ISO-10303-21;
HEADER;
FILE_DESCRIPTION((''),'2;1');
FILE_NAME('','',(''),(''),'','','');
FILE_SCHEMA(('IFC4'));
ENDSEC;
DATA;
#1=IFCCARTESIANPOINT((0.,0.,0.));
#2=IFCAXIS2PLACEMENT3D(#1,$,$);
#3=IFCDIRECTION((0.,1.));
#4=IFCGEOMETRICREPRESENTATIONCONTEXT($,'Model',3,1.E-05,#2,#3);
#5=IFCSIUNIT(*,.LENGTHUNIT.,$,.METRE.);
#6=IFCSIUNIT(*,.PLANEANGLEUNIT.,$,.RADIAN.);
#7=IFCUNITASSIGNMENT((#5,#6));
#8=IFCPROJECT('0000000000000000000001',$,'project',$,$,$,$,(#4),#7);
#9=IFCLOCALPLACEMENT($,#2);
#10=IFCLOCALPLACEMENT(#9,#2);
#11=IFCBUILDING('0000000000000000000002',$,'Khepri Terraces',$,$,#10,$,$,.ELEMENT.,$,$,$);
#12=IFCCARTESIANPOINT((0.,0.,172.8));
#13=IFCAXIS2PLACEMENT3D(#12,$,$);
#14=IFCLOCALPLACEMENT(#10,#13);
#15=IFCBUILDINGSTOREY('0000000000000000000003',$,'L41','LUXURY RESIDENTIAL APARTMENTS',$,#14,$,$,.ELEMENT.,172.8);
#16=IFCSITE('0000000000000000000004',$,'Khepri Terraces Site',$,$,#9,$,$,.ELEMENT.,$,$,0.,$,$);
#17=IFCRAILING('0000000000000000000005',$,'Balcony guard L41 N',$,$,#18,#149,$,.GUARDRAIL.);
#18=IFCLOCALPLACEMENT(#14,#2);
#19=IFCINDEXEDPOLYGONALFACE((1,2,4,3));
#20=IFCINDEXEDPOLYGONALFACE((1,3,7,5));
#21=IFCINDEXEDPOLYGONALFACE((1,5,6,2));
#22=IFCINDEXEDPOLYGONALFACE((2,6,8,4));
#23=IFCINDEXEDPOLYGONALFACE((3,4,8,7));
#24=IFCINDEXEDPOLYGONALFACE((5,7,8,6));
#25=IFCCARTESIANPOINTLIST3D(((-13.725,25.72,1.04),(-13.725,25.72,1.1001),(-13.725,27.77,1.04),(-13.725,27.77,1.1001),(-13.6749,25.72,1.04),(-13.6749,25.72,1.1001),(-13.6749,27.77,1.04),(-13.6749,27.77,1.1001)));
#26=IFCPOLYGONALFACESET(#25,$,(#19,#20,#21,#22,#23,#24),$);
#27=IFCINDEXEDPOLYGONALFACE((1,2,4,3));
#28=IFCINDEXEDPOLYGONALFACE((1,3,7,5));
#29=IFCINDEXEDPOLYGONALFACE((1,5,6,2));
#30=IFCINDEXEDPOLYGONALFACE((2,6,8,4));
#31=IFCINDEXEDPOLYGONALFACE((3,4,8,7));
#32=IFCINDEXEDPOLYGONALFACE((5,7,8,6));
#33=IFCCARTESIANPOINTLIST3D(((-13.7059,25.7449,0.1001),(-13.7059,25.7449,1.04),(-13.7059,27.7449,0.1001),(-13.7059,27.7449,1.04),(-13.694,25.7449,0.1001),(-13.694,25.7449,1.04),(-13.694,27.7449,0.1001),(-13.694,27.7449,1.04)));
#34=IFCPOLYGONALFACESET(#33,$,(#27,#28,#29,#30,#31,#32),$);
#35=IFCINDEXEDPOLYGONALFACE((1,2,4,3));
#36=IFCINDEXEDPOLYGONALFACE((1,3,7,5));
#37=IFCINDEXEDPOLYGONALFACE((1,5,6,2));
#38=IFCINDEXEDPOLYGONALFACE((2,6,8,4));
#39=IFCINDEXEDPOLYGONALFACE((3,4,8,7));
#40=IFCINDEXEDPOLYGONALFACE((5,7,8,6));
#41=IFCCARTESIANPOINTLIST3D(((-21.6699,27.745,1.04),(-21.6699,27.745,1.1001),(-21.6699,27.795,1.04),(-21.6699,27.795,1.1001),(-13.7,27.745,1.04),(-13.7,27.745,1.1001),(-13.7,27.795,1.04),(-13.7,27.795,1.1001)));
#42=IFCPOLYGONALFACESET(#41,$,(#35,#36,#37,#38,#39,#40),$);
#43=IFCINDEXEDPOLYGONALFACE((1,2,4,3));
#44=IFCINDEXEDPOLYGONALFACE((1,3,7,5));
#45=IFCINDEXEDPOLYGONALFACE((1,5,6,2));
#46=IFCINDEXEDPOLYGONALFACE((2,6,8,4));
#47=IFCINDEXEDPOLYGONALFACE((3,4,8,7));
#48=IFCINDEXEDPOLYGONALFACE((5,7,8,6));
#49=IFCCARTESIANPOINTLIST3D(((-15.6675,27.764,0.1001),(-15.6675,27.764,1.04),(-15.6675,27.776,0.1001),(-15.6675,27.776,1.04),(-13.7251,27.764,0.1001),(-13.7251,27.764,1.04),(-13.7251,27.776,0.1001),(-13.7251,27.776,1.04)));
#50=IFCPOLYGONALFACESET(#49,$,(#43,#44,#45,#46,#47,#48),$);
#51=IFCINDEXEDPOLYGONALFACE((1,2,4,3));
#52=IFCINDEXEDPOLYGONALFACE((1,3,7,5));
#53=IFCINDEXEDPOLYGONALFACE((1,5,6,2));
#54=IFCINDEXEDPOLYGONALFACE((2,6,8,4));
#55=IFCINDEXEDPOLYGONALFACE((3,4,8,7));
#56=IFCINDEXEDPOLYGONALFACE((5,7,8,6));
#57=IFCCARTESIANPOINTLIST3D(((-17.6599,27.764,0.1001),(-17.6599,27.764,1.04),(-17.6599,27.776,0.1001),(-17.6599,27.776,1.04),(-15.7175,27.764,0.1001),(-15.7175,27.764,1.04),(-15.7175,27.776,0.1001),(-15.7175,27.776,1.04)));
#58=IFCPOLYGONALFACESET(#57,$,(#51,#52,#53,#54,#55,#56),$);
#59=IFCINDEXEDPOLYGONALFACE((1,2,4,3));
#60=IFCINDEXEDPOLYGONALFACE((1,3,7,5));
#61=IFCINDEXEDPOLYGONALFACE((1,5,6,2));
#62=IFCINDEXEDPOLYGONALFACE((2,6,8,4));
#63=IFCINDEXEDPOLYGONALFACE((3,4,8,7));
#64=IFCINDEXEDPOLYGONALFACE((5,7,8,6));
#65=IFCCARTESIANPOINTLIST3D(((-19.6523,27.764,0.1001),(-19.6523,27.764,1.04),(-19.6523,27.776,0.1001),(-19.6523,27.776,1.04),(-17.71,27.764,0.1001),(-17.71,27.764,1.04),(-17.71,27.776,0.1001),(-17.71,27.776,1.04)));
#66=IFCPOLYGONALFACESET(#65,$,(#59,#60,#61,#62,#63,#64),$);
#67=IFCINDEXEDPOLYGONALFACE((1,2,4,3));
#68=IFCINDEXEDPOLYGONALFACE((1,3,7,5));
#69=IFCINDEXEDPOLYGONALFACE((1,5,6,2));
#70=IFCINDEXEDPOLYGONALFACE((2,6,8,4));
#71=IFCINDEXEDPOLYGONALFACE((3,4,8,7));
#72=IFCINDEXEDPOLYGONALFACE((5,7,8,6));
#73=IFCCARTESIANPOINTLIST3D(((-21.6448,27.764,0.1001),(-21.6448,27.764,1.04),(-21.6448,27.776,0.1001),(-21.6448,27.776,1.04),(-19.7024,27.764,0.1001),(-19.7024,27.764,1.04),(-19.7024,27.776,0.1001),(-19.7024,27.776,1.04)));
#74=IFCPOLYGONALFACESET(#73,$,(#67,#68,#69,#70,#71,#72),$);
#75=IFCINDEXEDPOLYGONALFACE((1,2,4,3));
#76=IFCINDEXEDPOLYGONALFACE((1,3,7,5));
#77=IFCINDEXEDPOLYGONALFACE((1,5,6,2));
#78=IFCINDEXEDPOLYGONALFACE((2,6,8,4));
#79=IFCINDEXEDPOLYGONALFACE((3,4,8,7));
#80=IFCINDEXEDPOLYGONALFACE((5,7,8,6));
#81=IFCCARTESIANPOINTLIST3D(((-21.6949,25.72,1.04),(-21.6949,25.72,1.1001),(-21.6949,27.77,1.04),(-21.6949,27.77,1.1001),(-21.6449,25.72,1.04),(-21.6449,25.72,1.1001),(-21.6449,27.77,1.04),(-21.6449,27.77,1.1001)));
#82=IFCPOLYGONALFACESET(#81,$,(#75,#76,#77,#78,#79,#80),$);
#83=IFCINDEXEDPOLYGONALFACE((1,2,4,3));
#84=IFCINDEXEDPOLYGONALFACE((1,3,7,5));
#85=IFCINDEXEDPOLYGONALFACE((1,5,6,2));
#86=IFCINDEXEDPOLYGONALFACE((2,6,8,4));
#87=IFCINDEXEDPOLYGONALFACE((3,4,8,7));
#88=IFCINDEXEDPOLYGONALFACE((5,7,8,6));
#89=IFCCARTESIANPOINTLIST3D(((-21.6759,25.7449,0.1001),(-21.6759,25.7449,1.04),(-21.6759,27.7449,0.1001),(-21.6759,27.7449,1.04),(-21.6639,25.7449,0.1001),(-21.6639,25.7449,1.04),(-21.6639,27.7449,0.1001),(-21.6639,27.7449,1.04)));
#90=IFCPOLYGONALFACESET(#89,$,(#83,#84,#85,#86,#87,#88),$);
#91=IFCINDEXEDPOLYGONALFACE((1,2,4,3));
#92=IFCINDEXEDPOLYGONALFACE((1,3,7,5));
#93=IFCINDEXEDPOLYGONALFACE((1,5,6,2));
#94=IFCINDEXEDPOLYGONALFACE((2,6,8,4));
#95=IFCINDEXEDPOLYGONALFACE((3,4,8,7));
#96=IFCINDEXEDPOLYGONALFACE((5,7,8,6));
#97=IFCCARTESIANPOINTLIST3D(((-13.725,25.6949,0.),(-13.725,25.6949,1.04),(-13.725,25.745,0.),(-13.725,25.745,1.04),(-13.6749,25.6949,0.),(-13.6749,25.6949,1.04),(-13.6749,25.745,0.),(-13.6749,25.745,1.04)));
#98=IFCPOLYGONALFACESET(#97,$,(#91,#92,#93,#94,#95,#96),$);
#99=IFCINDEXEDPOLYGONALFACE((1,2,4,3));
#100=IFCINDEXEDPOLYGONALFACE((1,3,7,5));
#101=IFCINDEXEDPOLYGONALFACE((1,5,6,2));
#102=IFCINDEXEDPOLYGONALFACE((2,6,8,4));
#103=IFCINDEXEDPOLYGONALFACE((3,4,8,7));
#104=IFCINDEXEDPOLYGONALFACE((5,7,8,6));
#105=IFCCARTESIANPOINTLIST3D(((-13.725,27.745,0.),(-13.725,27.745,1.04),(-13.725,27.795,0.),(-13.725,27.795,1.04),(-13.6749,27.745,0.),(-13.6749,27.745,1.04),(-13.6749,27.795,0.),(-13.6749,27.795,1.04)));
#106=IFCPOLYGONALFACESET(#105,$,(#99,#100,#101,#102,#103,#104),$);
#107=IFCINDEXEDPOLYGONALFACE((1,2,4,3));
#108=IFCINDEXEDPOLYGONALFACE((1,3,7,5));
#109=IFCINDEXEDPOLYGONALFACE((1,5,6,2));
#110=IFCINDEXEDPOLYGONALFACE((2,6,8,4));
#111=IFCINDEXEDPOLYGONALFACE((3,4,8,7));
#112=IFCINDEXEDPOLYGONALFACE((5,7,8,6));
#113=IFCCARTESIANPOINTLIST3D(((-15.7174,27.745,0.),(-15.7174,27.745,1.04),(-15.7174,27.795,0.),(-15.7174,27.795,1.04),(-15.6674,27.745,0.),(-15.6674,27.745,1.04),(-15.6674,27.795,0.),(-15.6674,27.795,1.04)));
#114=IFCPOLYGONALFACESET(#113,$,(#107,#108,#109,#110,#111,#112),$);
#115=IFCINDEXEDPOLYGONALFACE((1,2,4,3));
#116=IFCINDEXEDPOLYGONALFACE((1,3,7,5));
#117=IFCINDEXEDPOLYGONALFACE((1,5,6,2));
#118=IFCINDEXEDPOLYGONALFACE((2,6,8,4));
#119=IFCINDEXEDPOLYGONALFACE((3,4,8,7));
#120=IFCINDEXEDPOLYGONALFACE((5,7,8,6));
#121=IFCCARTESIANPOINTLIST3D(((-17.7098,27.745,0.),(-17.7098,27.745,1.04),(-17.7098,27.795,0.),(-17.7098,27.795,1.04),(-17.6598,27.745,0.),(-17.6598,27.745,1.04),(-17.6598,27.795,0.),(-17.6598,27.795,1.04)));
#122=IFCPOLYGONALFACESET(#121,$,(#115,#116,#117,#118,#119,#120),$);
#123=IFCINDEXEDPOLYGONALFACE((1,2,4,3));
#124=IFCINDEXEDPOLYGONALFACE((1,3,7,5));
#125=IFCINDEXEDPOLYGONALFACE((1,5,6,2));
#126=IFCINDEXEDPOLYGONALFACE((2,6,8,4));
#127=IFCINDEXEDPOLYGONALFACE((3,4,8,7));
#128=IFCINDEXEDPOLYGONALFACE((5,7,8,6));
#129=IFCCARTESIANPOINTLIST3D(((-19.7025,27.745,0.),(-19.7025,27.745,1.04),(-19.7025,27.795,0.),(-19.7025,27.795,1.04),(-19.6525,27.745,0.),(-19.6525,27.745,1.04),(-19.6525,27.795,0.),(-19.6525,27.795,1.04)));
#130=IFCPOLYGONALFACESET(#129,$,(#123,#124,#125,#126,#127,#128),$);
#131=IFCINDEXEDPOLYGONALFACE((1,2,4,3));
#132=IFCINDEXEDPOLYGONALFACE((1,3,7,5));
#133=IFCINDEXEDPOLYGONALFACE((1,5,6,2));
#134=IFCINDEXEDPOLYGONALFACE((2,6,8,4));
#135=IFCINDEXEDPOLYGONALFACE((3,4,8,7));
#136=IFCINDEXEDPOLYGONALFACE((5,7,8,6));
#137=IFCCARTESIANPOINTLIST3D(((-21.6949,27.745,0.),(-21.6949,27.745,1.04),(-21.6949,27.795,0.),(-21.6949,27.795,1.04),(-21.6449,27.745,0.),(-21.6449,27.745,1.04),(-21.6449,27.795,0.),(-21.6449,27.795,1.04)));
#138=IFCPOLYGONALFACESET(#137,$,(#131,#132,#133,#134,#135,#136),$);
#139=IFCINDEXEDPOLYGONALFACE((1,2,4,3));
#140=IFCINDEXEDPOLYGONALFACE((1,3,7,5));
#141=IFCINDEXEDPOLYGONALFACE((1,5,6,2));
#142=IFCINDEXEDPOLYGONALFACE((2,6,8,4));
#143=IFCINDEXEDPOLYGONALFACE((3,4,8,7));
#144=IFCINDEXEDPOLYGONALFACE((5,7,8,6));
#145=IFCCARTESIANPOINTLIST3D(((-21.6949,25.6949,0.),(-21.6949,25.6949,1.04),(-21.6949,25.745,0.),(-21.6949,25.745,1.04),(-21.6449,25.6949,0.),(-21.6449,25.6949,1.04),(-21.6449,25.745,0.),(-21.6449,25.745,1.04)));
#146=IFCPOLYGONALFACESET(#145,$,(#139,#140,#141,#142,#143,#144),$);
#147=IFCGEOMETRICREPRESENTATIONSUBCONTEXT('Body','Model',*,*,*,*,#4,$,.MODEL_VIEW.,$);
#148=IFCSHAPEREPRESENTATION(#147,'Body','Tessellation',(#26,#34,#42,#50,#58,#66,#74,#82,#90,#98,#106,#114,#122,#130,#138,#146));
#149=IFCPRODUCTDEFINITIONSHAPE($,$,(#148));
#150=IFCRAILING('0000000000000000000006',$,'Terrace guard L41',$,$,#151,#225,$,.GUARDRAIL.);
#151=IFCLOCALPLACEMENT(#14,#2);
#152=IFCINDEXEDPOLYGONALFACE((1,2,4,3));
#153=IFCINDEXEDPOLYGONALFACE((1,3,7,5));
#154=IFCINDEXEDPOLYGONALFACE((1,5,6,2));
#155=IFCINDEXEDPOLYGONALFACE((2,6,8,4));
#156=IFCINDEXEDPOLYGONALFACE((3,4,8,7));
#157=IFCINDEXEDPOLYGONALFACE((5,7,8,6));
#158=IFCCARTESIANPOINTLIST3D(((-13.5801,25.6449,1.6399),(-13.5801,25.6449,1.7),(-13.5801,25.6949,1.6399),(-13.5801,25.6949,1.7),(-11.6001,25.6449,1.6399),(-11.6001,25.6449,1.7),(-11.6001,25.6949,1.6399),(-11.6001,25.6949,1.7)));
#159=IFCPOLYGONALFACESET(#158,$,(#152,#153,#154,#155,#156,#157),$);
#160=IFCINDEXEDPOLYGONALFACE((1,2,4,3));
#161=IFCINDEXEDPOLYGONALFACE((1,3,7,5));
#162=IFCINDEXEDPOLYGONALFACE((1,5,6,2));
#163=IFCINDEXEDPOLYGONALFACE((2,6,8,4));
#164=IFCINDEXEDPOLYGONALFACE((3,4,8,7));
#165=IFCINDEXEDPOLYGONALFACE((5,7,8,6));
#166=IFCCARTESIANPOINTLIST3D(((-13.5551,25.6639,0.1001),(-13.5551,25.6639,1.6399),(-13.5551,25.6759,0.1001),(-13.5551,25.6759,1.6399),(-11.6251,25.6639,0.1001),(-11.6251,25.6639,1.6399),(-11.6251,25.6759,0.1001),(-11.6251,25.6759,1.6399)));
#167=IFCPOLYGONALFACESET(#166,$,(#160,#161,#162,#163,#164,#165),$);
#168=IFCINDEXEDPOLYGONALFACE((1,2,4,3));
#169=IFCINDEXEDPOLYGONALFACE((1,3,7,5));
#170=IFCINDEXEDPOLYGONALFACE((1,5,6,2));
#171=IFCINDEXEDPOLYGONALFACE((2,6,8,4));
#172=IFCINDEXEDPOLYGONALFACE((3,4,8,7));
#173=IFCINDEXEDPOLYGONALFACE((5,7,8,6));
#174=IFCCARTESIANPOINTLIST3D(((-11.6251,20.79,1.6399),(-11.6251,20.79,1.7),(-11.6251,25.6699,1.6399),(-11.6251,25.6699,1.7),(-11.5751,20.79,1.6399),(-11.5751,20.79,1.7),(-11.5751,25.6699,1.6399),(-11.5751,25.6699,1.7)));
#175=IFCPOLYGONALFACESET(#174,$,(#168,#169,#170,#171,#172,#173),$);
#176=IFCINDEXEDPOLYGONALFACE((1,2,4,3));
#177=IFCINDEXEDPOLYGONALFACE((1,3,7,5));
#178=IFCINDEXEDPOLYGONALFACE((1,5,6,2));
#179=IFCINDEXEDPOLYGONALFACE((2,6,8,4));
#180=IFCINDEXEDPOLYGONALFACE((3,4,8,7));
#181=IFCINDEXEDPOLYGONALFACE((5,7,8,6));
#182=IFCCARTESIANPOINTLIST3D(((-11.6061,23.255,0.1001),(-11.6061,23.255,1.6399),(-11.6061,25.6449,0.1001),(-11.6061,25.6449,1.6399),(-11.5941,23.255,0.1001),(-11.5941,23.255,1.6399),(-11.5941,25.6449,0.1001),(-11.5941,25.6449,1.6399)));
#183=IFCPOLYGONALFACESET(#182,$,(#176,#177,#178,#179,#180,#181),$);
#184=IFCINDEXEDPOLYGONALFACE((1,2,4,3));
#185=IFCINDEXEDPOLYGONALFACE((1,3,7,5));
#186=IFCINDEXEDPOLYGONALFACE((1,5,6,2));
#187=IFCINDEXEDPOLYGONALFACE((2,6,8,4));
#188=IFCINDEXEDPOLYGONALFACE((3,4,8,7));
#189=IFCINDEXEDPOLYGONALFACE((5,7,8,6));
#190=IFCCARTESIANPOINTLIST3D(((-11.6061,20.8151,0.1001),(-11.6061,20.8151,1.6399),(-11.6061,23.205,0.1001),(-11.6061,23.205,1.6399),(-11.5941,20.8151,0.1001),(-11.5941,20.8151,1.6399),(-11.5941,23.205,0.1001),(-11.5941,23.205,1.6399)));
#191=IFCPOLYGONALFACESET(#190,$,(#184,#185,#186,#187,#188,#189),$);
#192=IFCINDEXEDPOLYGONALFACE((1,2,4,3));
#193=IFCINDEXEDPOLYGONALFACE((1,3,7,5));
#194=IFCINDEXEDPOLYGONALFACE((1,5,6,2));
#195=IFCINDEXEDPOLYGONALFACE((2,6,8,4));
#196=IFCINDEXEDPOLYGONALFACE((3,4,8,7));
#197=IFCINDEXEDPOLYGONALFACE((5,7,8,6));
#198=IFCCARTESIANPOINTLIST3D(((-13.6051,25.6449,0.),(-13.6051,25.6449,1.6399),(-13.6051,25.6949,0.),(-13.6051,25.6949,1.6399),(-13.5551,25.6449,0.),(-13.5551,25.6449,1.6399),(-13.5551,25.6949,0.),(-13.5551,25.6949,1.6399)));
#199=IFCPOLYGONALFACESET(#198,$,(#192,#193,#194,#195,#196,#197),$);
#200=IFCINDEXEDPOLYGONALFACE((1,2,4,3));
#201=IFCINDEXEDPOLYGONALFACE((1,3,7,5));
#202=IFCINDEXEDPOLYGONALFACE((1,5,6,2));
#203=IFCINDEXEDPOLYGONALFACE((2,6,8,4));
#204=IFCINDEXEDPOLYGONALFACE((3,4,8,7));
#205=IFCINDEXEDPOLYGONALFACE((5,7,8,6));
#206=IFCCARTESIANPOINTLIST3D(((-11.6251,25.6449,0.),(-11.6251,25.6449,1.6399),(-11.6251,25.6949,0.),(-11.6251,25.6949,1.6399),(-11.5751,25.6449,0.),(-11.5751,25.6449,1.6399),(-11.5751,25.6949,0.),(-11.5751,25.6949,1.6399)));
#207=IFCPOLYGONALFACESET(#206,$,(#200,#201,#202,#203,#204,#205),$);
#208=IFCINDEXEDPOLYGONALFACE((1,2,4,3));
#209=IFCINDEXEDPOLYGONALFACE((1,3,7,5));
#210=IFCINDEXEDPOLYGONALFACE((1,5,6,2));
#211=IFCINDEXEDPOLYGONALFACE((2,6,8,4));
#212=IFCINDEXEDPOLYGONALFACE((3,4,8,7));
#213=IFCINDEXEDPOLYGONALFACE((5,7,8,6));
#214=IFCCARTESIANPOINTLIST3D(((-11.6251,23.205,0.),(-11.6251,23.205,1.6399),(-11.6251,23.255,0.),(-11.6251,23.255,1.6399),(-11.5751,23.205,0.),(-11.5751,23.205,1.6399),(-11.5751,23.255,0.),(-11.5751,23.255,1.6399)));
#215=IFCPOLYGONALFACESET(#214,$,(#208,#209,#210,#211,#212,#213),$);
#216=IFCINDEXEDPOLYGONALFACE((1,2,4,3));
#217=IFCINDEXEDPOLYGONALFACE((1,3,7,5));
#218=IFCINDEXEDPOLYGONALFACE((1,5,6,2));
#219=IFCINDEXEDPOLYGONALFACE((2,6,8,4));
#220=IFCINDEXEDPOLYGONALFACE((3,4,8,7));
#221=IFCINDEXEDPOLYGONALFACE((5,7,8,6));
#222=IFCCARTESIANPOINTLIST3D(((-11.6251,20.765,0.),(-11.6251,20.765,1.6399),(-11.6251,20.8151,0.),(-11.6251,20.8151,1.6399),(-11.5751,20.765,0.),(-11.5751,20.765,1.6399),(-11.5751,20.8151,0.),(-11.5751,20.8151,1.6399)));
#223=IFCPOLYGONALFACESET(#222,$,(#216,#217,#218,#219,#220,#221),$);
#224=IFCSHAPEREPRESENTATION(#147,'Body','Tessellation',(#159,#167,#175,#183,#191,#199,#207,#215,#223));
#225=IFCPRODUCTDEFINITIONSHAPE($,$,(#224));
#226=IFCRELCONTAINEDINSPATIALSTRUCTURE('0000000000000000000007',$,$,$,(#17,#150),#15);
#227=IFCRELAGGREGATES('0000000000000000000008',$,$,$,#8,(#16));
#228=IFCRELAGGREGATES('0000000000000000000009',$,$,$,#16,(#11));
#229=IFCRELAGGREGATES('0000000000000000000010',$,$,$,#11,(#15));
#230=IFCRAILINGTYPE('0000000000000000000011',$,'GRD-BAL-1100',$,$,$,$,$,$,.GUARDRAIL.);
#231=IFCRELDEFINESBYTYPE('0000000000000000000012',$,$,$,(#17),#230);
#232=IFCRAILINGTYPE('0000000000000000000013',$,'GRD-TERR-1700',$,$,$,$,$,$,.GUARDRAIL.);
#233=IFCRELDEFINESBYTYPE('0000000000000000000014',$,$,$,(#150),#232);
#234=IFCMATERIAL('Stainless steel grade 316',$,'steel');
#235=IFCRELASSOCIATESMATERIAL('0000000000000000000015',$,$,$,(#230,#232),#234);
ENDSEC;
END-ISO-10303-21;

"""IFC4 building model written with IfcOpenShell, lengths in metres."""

from ifc_helpers import new_model, si_unit, direction, frame, origin, origin_2d, place, context, subcontext, project, spatial, rectangle, extrude, material, type_object, element, save


model = new_model("IFC4")

# Units and contexts
model_context = context("Model", 3, precision=1e-05, world=origin(), true_north=direction((0.0, 1.0)))
body_context = subcontext(model_context, "Body", "Model", "MODEL_VIEW")
ifc_project = project(units=[si_unit("LENGTHUNIT", "METRE"), si_unit("PLANEANGLEUNIT", "RADIAN")], contexts=[model_context])

# Site, building, storey
site_placement = place(None, origin())
site = spatial("IfcSite", under=ifc_project, at=site_placement, Name="Khepri Terraces Site", CompositionType="ELEMENT", RefElevation=0.0)
building_placement = place(site_placement, origin())
building = spatial("IfcBuilding", under=site, at=building_placement, Name="Khepri Terraces", CompositionType="ELEMENT")
storey_placement = place(building_placement, frame((0.0, 0.0, 172.8)))
storey = spatial("IfcBuildingStorey", under=building, at=storey_placement, Name="L41", Description="LUXURY RESIDENTIAL APARTMENTS", CompositionType="ELEMENT", Elevation=172.8)

# Railings
ifc_material_1 = material(Name="Stainless steel grade 316", Category="steel")
railing_type_1 = type_object("IfcRailingType", Name="GRD-BAL-1100", PredefinedType="GUARDRAIL", material=ifc_material_1)
railing_1_placement = place(storey_placement, frame((-13.7, 25.72, 0.0)))
element("IfcRailing", 1, at=railing_1_placement, inside=storey, type_object=railing_type_1, Name="Balcony guard L41 N", PredefinedType="GUARDRAIL", context=body_context, shape_type="SweptSolid", body=[
    extrude(rectangle(XDim=0.05, YDim=0.0601, at=origin_2d()), frame((0.0, 0.0, 1.0701), z_axis=(0.0, 1.0, 0.0), x_axis=(-1.0, 0.0, 0.0)), (0.0, 0.0, 1.0), 2.05),
    extrude(rectangle(XDim=2.0, YDim=0.012, at=origin_2d()), frame((0.0, 1.0249, 0.1001), z_axis=(0.0, 0.0, 1.0), x_axis=(0.0, 1.0, 0.0)), (0.0, 0.0, 1.0), 0.9399),
    extrude(rectangle(XDim=0.05, YDim=0.0601, at=origin_2d()), frame((0.0, 2.05, 1.0701), z_axis=(-1.0, 0.0, 0.0), x_axis=(0.0, -1.0, 0.0)), (0.0, 0.0, 1.0), 7.97),
    extrude(rectangle(XDim=1.9424, YDim=0.012, at=origin_2d()), frame((-0.9963, 2.05, 0.1001), z_axis=(0.0, 0.0, 1.0), x_axis=(-1.0, 0.0, 0.0)), (0.0, 0.0, 1.0), 0.9399),
    extrude(rectangle(XDim=1.9424, YDim=0.012, at=origin_2d()), frame((-2.9888, 2.05, 0.1001), z_axis=(0.0, 0.0, 1.0), x_axis=(-1.0, 0.0, 0.0)), (0.0, 0.0, 1.0), 0.9399),
    extrude(rectangle(XDim=1.9424, YDim=0.012, at=origin_2d()), frame((-4.9812, 2.05, 0.1001), z_axis=(0.0, 0.0, 1.0), x_axis=(-1.0, 0.0, 0.0)), (0.0, 0.0, 1.0), 0.9399),
    extrude(rectangle(XDim=1.9424, YDim=0.012, at=origin_2d()), frame((-6.9736, 2.05, 0.1001), z_axis=(0.0, 0.0, 1.0), x_axis=(-1.0, 0.0, 0.0)), (0.0, 0.0, 1.0), 0.9399),
    extrude(rectangle(XDim=0.05, YDim=0.0601, at=origin_2d()), frame((-7.97, 2.05, 1.0701), z_axis=(0.0, -1.0, 0.0), x_axis=(1.0, 0.0, 0.0)), (0.0, 0.0, 1.0), 2.05),
    extrude(rectangle(XDim=2.0, YDim=0.012, at=origin_2d()), frame((-7.97, 1.0249, 0.1001), z_axis=(0.0, 0.0, 1.0), x_axis=(0.0, -1.0, 0.0)), (0.0, 0.0, 1.0), 0.9399),
    extrude(rectangle(XDim=0.05, YDim=0.05, at=origin_2d()), origin(), (0.0, 0.0, 1.0), 1.04),
    extrude(rectangle(XDim=0.05, YDim=0.05, at=origin_2d()), frame((0.0, 2.05, 0.0)), (0.0, 0.0, 1.0), 1.04),
    extrude(rectangle(XDim=0.05, YDim=0.05, at=origin_2d()), frame((-1.9924, 2.05, 0.0)), (0.0, 0.0, 1.0), 1.04),
    extrude(rectangle(XDim=0.05, YDim=0.05, at=origin_2d()), frame((-3.9849, 2.05, 0.0)), (0.0, 0.0, 1.0), 1.04),
    extrude(rectangle(XDim=0.05, YDim=0.05, at=origin_2d()), frame((-5.9775, 2.05, 0.0)), (0.0, 0.0, 1.0), 1.04),
    extrude(rectangle(XDim=0.05, YDim=0.05, at=origin_2d()), frame((-7.97, 2.05, 0.0)), (0.0, 0.0, 1.0), 1.04),
    extrude(rectangle(XDim=0.05, YDim=0.05, at=origin_2d()), frame((-7.97, 0.0, 0.0)), (0.0, 0.0, 1.0), 1.04),
])
railing_type_2 = type_object("IfcRailingType", Name="GRD-TERR-1700", PredefinedType="GUARDRAIL", material=ifc_material_1)
railing_2_placement = place(storey_placement, frame((-13.5801, 25.6699, 0.0)))
element("IfcRailing", 2, at=railing_2_placement, inside=storey, type_object=railing_type_2, Name="Terrace guard L41", PredefinedType="GUARDRAIL", context=body_context, shape_type="SweptSolid", body=[
    extrude(rectangle(XDim=0.05, YDim=0.0601, at=origin_2d()), frame((0.0, 0.0, 1.6699), z_axis=(1.0, 0.0, 0.0), x_axis=(0.0, 1.0, 0.0)), (0.0, 0.0, 1.0), 1.98),
    extrude(rectangle(XDim=1.9299, YDim=0.012, at=origin_2d()), frame((0.99, 0.0, 0.1001), z_axis=(0.0, 0.0, 1.0), x_axis=(1.0, 0.0, 0.0)), (0.0, 0.0, 1.0), 1.5398),
    extrude(rectangle(XDim=0.05, YDim=0.0601, at=origin_2d()), frame((1.98, 0.0, 1.6699), z_axis=(0.0, -1.0, 0.0), x_axis=(1.0, 0.0, 0.0)), (0.0, 0.0, 1.0), 4.8799),
    extrude(rectangle(XDim=2.3899, YDim=0.012, at=origin_2d()), frame((1.98, -1.22, 0.1001), z_axis=(0.0, 0.0, 1.0), x_axis=(0.0, -1.0, 0.0)), (0.0, 0.0, 1.0), 1.5398),
    extrude(rectangle(XDim=2.3899, YDim=0.012, at=origin_2d()), frame((1.98, -3.6599, 0.1001), z_axis=(0.0, 0.0, 1.0), x_axis=(0.0, -1.0, 0.0)), (0.0, 0.0, 1.0), 1.5398),
    extrude(rectangle(XDim=0.05, YDim=0.05, at=origin_2d()), origin(), (0.0, 0.0, 1.0), 1.6399),
    extrude(rectangle(XDim=0.05, YDim=0.05, at=origin_2d()), frame((1.98, 0.0, 0.0)), (0.0, 0.0, 1.0), 1.6399),
    extrude(rectangle(XDim=0.05, YDim=0.05, at=origin_2d()), frame((1.98, -2.4399, 0.0)), (0.0, 0.0, 1.0), 1.6399),
    extrude(rectangle(XDim=0.05, YDim=0.05, at=origin_2d()), frame((1.98, -4.8799, 0.0)), (0.0, 0.0, 1.0), 1.6399),
])

save(model, "model.ifc")
